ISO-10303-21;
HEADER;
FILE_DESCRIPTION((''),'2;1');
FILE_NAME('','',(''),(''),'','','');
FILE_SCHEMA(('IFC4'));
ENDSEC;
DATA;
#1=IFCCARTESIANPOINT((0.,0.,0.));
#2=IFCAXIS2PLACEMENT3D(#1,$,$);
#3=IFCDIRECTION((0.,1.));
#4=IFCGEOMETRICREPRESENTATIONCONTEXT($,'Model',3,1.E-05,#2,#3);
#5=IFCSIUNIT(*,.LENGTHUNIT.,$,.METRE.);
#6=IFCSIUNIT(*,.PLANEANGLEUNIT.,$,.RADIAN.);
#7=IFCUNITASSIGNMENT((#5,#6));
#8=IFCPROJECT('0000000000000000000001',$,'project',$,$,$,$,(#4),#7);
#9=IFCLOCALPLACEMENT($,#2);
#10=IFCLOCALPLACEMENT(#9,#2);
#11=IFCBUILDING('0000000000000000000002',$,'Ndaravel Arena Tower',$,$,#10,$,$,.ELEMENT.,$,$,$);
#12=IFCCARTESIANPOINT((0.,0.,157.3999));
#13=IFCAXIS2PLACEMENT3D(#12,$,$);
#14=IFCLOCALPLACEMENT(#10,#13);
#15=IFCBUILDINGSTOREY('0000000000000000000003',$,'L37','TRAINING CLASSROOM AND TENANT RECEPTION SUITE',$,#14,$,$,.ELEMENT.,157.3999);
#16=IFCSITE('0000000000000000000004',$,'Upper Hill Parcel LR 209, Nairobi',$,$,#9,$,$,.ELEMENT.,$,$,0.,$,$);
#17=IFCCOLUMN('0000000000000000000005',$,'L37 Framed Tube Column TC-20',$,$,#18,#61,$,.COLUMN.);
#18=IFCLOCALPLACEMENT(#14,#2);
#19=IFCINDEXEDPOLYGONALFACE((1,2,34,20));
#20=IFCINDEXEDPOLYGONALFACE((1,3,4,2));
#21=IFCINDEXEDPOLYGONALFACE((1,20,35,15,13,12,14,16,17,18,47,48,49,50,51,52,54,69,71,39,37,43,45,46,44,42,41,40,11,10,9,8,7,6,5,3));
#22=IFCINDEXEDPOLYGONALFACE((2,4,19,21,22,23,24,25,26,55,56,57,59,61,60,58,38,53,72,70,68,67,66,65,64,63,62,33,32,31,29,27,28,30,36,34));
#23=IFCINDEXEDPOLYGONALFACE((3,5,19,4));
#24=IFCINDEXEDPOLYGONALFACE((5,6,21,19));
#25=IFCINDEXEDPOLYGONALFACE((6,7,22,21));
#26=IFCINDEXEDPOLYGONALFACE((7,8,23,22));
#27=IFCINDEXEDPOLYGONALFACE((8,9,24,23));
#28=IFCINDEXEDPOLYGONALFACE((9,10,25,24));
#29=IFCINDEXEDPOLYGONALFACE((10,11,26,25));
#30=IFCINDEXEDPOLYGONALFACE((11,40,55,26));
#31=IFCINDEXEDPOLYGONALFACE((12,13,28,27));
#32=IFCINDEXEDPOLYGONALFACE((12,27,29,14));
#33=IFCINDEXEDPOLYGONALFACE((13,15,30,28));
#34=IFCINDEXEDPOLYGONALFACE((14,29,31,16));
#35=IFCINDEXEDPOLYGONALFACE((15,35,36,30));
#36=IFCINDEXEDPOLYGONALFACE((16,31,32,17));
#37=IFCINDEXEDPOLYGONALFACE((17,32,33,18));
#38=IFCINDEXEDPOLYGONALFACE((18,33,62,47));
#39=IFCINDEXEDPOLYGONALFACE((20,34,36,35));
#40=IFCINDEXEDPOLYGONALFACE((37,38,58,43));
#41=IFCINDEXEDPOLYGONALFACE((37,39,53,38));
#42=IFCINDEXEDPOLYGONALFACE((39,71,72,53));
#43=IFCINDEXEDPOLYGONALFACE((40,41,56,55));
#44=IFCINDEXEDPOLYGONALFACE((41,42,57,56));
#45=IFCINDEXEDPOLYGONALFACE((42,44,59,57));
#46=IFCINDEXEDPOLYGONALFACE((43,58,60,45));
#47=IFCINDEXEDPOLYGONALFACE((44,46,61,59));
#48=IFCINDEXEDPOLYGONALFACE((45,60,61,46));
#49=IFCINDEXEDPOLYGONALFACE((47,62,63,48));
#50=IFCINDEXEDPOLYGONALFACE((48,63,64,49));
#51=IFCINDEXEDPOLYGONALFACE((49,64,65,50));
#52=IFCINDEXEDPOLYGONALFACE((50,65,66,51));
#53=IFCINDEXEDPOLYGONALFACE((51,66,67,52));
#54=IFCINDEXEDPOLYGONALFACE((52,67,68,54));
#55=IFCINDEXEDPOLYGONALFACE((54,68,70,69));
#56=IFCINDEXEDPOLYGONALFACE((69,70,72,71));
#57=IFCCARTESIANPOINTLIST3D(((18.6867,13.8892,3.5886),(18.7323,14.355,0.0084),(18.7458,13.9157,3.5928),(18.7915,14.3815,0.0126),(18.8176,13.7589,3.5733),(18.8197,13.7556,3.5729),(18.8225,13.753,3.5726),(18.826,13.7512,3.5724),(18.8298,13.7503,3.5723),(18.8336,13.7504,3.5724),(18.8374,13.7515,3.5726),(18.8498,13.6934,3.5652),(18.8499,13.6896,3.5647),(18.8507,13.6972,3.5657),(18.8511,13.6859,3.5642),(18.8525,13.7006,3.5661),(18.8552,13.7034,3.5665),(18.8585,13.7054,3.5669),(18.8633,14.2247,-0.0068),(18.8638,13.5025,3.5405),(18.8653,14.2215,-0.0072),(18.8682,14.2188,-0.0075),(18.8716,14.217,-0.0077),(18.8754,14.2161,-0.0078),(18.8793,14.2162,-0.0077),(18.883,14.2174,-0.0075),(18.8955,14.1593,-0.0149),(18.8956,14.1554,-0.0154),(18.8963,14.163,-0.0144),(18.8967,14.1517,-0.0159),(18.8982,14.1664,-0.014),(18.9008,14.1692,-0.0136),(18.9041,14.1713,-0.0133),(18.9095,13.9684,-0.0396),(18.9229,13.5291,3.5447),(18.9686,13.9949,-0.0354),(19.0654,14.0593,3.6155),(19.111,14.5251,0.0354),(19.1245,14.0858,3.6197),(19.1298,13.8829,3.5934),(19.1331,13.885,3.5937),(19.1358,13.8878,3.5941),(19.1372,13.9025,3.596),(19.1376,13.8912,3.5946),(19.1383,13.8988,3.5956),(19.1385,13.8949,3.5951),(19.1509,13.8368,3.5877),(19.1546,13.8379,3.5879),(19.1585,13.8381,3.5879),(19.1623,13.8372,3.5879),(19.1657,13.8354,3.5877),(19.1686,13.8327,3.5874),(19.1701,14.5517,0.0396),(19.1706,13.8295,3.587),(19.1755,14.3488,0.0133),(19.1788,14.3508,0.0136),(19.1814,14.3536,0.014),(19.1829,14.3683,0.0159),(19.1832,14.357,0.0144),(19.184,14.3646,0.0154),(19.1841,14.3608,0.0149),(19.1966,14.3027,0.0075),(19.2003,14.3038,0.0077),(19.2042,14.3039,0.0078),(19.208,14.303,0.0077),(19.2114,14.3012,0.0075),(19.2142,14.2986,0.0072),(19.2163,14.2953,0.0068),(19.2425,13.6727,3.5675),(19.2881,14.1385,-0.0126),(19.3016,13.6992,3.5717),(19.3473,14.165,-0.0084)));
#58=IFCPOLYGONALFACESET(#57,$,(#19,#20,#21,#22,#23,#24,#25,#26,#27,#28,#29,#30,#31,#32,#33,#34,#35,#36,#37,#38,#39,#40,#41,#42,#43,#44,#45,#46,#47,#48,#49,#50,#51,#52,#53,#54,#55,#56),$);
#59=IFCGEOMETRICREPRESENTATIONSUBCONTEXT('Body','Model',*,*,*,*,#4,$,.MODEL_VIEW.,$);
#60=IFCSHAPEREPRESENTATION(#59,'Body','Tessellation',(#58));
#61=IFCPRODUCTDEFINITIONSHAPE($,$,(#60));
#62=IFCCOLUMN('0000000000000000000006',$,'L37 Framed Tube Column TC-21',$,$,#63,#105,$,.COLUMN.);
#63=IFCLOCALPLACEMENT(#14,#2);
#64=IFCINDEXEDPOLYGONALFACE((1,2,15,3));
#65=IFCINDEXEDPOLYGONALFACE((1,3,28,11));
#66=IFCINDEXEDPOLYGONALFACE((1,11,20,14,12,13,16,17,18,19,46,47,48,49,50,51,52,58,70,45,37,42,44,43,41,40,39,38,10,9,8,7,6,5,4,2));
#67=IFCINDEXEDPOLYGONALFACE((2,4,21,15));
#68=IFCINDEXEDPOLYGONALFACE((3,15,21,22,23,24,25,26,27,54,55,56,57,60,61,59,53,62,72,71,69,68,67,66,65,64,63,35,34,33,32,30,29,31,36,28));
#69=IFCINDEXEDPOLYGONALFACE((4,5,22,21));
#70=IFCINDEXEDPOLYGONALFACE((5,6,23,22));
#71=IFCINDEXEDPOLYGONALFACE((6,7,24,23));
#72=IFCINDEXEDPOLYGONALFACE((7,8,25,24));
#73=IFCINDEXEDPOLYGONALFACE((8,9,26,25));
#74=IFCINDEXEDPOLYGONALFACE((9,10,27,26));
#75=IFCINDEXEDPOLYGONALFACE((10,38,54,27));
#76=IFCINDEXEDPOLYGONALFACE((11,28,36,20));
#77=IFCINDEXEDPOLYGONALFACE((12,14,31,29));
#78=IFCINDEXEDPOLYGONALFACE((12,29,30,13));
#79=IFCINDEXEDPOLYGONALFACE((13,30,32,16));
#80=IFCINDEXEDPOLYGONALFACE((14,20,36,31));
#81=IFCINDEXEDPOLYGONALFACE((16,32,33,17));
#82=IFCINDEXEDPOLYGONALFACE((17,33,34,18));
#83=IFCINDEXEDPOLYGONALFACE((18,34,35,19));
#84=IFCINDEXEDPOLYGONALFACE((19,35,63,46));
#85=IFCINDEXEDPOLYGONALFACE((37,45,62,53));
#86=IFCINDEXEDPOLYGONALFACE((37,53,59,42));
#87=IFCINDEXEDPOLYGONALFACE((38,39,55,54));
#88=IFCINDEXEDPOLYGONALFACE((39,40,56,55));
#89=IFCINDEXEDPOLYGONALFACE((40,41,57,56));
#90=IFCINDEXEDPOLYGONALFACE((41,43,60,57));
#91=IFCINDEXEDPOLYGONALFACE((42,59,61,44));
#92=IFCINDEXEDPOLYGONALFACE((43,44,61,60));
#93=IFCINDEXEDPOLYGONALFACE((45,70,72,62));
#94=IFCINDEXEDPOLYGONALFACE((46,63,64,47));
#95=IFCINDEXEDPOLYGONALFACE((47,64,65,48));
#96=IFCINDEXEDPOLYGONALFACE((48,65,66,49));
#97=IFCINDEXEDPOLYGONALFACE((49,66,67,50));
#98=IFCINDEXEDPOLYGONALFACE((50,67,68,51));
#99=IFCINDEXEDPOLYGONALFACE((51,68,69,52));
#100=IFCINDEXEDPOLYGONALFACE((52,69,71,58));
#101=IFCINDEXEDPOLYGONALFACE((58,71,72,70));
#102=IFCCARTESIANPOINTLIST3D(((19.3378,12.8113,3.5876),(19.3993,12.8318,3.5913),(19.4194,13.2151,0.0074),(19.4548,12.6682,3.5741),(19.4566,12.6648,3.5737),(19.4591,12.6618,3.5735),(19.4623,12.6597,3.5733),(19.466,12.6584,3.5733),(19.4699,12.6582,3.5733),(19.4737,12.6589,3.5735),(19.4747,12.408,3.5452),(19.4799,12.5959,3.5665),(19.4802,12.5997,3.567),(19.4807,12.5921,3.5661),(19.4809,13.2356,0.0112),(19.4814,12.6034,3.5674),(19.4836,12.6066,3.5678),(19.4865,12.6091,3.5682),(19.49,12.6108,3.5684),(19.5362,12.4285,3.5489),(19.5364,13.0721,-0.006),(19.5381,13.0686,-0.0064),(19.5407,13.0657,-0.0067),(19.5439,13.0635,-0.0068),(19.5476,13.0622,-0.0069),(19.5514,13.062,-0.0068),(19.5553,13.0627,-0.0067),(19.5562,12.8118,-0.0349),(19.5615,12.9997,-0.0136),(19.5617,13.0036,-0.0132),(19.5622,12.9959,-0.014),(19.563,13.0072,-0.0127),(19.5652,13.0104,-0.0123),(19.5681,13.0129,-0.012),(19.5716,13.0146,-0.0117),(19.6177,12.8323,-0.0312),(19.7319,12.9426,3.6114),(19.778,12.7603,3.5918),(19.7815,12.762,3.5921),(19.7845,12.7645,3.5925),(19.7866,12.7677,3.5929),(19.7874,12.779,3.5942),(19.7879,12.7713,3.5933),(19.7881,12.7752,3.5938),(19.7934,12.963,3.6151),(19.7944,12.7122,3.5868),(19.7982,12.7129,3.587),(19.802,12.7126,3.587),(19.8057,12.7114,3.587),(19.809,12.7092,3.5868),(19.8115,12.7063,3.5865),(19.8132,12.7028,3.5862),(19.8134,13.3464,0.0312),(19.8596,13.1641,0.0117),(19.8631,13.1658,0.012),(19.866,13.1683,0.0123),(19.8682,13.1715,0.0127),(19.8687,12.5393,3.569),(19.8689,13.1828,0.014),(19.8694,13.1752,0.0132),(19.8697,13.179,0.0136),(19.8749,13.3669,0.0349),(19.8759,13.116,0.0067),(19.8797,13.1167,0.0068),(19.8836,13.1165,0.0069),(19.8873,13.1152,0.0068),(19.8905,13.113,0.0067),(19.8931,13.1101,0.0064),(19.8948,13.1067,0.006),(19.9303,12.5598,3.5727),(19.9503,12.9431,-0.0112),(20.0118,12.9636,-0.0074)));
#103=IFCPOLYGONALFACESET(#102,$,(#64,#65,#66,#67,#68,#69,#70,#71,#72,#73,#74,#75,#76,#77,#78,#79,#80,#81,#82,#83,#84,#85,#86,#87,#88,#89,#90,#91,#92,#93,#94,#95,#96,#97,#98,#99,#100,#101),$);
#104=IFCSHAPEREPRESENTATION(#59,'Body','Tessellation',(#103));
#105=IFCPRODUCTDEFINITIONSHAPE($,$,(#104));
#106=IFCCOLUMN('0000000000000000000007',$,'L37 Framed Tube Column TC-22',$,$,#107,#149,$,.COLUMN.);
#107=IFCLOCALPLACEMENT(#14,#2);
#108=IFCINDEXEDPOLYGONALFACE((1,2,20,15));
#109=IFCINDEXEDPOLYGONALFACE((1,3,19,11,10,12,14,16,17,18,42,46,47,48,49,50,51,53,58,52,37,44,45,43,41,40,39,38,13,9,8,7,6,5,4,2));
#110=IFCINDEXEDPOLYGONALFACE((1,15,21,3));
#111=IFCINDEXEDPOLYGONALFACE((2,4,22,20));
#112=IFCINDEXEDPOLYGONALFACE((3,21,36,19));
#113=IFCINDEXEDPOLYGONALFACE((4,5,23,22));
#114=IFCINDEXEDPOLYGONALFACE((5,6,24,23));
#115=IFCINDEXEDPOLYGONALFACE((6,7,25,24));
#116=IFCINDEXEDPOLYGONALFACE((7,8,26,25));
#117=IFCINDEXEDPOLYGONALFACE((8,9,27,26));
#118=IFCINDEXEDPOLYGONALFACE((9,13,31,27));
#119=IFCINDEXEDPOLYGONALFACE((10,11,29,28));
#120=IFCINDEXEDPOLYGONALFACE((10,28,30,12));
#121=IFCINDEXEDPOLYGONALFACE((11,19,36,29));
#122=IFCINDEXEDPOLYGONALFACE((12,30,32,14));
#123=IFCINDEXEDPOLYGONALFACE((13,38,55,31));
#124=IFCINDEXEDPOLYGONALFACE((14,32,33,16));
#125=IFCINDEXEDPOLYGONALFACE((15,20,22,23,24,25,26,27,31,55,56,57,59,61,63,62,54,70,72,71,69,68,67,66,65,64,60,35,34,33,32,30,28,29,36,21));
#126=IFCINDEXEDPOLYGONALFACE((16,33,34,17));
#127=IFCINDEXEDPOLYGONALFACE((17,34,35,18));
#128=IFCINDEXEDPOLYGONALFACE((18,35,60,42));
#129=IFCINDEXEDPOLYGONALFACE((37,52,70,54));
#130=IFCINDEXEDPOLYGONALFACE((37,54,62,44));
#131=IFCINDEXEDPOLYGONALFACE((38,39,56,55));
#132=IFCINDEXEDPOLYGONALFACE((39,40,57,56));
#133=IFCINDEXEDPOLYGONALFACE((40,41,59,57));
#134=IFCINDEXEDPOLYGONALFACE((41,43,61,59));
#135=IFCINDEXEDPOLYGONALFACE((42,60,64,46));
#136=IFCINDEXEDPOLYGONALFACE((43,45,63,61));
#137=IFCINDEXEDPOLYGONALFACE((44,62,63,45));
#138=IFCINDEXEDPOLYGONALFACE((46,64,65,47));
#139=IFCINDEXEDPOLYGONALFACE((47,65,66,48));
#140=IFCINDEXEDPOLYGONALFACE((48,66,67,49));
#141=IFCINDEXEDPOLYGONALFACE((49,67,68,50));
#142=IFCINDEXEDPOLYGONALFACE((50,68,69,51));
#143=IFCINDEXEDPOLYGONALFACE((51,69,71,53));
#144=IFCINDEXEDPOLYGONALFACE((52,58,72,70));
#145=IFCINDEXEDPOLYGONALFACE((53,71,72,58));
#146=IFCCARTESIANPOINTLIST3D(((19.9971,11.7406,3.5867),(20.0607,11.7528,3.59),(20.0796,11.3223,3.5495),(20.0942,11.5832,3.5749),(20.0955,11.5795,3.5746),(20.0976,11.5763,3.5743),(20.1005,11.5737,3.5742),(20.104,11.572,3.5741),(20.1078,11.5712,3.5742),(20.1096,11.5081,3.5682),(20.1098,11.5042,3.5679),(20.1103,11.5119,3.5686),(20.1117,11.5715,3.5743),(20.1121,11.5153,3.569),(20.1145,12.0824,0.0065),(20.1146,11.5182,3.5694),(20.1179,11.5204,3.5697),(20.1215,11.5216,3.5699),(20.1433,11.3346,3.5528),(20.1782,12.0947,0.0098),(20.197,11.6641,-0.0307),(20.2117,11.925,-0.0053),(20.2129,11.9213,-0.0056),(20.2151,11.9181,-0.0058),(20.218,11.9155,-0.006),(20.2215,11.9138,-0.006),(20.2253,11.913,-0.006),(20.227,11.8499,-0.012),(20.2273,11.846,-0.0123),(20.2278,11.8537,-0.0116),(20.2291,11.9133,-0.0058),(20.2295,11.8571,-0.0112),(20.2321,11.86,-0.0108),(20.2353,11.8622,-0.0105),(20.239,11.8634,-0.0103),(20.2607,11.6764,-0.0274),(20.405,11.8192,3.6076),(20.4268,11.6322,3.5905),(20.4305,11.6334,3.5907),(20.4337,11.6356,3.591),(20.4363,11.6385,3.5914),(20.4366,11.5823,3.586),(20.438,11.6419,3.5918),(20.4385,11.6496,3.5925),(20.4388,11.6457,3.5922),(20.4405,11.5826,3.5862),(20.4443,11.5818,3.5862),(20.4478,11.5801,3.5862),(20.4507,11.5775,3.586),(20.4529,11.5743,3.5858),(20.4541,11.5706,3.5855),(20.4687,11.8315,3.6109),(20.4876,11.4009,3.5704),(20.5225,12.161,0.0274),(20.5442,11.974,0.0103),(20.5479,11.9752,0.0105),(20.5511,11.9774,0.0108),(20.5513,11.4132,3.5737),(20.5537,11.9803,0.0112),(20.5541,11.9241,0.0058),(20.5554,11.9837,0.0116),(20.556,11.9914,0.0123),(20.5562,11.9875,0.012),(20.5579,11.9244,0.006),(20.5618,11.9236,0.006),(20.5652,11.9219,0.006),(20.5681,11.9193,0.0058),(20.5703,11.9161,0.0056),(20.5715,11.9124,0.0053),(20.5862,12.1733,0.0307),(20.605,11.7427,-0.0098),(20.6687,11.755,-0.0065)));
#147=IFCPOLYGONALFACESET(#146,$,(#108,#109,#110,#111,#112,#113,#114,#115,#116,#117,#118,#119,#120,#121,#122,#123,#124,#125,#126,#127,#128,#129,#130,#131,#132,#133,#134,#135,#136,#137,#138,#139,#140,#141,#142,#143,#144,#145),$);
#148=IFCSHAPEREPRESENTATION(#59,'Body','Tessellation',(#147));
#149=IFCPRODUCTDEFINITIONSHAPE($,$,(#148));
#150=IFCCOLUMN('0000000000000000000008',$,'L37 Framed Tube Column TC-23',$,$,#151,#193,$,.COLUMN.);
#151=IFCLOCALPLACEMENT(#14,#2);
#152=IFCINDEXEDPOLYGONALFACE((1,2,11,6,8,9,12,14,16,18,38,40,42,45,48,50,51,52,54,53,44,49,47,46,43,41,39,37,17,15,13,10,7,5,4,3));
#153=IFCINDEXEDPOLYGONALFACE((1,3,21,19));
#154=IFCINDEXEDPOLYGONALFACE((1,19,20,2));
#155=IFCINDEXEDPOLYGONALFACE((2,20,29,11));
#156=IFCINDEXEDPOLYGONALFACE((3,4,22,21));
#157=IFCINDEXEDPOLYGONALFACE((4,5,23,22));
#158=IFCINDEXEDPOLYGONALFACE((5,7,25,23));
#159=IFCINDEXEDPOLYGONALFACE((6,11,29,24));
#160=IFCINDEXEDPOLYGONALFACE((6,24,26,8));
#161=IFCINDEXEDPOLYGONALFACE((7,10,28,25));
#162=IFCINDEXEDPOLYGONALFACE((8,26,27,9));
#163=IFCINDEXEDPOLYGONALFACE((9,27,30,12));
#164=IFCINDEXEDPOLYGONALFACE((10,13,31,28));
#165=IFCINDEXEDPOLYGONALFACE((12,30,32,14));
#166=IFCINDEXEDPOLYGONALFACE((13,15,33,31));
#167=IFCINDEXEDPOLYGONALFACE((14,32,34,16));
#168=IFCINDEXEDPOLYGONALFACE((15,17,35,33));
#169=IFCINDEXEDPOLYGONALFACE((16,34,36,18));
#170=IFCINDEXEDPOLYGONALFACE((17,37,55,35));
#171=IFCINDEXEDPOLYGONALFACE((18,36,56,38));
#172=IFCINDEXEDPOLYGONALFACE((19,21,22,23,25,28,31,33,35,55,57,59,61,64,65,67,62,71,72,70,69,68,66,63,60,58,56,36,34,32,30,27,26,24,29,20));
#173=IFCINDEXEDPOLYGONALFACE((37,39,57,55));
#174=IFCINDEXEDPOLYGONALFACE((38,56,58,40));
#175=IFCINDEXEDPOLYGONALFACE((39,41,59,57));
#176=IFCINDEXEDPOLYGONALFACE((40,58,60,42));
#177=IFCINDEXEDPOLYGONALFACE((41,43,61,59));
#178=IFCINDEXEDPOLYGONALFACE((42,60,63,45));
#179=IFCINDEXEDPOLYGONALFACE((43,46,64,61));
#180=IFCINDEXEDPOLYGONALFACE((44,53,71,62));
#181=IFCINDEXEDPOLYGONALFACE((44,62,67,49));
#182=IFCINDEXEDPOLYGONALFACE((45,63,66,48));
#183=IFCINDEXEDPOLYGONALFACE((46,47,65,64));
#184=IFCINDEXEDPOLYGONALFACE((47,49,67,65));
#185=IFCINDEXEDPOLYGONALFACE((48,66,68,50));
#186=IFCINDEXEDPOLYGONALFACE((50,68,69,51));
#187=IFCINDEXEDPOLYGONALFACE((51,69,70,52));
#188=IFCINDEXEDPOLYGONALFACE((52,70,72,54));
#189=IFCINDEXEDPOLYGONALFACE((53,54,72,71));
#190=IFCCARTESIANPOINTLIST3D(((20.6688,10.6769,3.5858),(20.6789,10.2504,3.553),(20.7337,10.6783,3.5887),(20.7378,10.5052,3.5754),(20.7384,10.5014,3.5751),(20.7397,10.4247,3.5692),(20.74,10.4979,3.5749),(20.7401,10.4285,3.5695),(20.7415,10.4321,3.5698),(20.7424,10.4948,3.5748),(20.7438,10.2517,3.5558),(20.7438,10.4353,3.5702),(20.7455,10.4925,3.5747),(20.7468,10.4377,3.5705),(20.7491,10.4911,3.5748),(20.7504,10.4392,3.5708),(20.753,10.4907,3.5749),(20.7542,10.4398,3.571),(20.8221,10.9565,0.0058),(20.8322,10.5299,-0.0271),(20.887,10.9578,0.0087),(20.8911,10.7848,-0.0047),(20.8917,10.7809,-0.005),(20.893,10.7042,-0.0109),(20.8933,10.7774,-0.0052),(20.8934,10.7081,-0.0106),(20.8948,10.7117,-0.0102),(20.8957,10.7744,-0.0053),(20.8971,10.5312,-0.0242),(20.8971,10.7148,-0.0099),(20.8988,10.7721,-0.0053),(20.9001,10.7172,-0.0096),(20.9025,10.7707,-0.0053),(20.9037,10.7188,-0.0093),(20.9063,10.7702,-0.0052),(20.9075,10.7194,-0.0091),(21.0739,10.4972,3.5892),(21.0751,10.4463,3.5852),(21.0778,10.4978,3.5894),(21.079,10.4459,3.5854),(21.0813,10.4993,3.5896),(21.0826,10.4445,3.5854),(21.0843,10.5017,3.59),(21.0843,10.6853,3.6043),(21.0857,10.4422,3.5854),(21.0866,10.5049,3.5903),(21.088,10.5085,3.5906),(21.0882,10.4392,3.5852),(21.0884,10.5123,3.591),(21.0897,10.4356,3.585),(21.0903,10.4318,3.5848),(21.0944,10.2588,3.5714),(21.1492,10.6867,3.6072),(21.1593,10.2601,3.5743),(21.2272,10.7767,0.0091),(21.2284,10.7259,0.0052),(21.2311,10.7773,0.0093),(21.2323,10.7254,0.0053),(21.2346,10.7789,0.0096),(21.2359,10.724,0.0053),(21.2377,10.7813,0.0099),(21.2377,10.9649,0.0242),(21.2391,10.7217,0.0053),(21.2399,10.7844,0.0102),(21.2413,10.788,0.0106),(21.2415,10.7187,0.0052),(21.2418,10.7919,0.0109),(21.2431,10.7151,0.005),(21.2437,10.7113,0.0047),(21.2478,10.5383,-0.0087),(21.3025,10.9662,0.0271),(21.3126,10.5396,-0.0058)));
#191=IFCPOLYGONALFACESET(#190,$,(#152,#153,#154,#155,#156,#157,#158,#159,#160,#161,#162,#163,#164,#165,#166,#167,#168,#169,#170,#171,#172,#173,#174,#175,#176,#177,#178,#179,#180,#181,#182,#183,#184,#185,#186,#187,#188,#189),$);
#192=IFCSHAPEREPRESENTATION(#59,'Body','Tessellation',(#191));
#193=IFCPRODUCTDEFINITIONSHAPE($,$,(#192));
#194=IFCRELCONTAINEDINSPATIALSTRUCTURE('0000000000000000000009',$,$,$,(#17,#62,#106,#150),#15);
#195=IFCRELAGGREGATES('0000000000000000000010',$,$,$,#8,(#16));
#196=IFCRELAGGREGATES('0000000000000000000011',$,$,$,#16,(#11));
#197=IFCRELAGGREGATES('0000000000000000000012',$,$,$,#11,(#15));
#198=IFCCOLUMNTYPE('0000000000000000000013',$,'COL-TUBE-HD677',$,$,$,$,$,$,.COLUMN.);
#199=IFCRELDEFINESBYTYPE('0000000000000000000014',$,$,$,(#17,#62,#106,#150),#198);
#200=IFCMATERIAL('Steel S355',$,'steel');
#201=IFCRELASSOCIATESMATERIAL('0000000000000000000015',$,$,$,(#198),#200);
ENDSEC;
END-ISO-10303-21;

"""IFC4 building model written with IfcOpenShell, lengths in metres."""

from ifc_helpers import new_model, si_unit, direction, frame, origin, origin_2d, place, context, subcontext, project, spatial, i_section, extrude, material, material_profile, profile_set, type_object, element, save


model = new_model("IFC4")

# Units and contexts
model_context = context("Model", 3, precision=1e-05, world=origin(), true_north=direction((0.0, 1.0)))
body_context = subcontext(model_context, "Body", "Model", "MODEL_VIEW")
ifc_project = project(units=[si_unit("LENGTHUNIT", "METRE"), si_unit("PLANEANGLEUNIT", "RADIAN")], contexts=[model_context])

# Site, building, storey
site_placement = place(None, origin())
site = spatial("IfcSite", under=ifc_project, at=site_placement, Name="Upper Hill Parcel LR 209, Nairobi", CompositionType="ELEMENT", RefElevation=0.0)
building_placement = place(site_placement, origin())
building = spatial("IfcBuilding", under=site, at=building_placement, Name="Ndaravel Arena Tower", CompositionType="ELEMENT")
storey_placement = place(building_placement, frame((0.0, 0.0, 157.3999)))
storey = spatial("IfcBuildingStorey", under=building, at=storey_placement, Name="L37", Description="TRAINING CLASSROOM AND TENANT RECEPTION SUITE", CompositionType="ELEMENT", Elevation=157.3999)

# Columns
ifc_material_1 = material(Name="Steel S355", Category="steel")
ifc_material_profile_1 = material_profile(ifc_material_1, i_section(OverallWidth=0.428, OverallDepth=0.481, WebThickness=0.051, FlangeThickness=0.0649, FilletRadius=0.0149, at=origin_2d()), Name="HD 400x677")
ifc_profile_set_1 = profile_set([ifc_material_profile_1], Name="Steel S355")
column_type = type_object("IfcColumnType", Name="COL-TUBE-HD677", PredefinedType="COLUMN", material=ifc_profile_set_1)
column_1_placement = place(storey_placement, frame((19.0398, 14.26, 0.0), z_axis=(-0.012645, -0.129017, 0.991562), x_axis=(-0.413856, 0.903393, 0.112267)))
element("IfcColumn", 1, at=column_1_placement, inside=storey, type_object=column_type, Name="L37 Framed Tube Column TC-20", PredefinedType="COLUMN", context=body_context, shape_type="SweptSolid", body=[
    extrude(i_section(OverallWidth=0.428, OverallDepth=0.481, WebThickness=0.051, FlangeThickness=0.0649, FilletRadius=0.0149, at=origin_2d()), origin(), (0.0, 0.0, 1.0), 3.6106),
])
column_2_placement = place(storey_placement, frame((19.7156, 13.0894, 0.0), z_axis=(-0.022628, -0.112054, 0.993444), x_axis=(-0.31981, 0.942295, 0.099)))
element("IfcColumn", 2, at=column_2_placement, inside=storey, type_object=column_type, Name="L37 Framed Tube Column TC-21", PredefinedType="COLUMN", context=body_context, shape_type="SweptSolid", body=[
    extrude(i_section(OverallWidth=0.428, OverallDepth=0.481, WebThickness=0.051, FlangeThickness=0.0649, FilletRadius=0.0149, at=origin_2d()), origin(), (0.0, 0.0, 1.0), 3.6038),
])
column_3_placement = place(storey_placement, frame((20.3916, 11.9187, 0.0), z_axis=(-0.032636, -0.094989, 0.994943), x_axis=(-0.192896, 0.977356, 0.086983)))
element("IfcColumn", 3, at=column_3_placement, inside=storey, type_object=column_type, Name="L37 Framed Tube Column TC-22", PredefinedType="COLUMN", context=body_context, shape_type="SweptSolid", body=[
    extrude(i_section(OverallWidth=0.428, OverallDepth=0.481, WebThickness=0.051, FlangeThickness=0.0649, FilletRadius=0.0149, at=origin_2d()), origin(), (0.0, 0.0, 1.0), 3.5984),
])
column_4_placement = place(storey_placement, frame((21.0674, 10.748, 0.0), z_axis=(-0.042657, -0.077775, 0.996058), x_axis=(-0.02357, 0.996766, 0.07682)))
element("IfcColumn", 4, at=column_4_placement, inside=storey, type_object=column_type, Name="L37 Framed Tube Column TC-23", PredefinedType="COLUMN", context=body_context, shape_type="SweptSolid", body=[
    extrude(i_section(OverallWidth=0.428, OverallDepth=0.481, WebThickness=0.051, FlangeThickness=0.0649, FilletRadius=0.0149, at=origin_2d()), origin(), (0.0, 0.0, 1.0), 3.5942),
])

save(model, "model.ifc")
